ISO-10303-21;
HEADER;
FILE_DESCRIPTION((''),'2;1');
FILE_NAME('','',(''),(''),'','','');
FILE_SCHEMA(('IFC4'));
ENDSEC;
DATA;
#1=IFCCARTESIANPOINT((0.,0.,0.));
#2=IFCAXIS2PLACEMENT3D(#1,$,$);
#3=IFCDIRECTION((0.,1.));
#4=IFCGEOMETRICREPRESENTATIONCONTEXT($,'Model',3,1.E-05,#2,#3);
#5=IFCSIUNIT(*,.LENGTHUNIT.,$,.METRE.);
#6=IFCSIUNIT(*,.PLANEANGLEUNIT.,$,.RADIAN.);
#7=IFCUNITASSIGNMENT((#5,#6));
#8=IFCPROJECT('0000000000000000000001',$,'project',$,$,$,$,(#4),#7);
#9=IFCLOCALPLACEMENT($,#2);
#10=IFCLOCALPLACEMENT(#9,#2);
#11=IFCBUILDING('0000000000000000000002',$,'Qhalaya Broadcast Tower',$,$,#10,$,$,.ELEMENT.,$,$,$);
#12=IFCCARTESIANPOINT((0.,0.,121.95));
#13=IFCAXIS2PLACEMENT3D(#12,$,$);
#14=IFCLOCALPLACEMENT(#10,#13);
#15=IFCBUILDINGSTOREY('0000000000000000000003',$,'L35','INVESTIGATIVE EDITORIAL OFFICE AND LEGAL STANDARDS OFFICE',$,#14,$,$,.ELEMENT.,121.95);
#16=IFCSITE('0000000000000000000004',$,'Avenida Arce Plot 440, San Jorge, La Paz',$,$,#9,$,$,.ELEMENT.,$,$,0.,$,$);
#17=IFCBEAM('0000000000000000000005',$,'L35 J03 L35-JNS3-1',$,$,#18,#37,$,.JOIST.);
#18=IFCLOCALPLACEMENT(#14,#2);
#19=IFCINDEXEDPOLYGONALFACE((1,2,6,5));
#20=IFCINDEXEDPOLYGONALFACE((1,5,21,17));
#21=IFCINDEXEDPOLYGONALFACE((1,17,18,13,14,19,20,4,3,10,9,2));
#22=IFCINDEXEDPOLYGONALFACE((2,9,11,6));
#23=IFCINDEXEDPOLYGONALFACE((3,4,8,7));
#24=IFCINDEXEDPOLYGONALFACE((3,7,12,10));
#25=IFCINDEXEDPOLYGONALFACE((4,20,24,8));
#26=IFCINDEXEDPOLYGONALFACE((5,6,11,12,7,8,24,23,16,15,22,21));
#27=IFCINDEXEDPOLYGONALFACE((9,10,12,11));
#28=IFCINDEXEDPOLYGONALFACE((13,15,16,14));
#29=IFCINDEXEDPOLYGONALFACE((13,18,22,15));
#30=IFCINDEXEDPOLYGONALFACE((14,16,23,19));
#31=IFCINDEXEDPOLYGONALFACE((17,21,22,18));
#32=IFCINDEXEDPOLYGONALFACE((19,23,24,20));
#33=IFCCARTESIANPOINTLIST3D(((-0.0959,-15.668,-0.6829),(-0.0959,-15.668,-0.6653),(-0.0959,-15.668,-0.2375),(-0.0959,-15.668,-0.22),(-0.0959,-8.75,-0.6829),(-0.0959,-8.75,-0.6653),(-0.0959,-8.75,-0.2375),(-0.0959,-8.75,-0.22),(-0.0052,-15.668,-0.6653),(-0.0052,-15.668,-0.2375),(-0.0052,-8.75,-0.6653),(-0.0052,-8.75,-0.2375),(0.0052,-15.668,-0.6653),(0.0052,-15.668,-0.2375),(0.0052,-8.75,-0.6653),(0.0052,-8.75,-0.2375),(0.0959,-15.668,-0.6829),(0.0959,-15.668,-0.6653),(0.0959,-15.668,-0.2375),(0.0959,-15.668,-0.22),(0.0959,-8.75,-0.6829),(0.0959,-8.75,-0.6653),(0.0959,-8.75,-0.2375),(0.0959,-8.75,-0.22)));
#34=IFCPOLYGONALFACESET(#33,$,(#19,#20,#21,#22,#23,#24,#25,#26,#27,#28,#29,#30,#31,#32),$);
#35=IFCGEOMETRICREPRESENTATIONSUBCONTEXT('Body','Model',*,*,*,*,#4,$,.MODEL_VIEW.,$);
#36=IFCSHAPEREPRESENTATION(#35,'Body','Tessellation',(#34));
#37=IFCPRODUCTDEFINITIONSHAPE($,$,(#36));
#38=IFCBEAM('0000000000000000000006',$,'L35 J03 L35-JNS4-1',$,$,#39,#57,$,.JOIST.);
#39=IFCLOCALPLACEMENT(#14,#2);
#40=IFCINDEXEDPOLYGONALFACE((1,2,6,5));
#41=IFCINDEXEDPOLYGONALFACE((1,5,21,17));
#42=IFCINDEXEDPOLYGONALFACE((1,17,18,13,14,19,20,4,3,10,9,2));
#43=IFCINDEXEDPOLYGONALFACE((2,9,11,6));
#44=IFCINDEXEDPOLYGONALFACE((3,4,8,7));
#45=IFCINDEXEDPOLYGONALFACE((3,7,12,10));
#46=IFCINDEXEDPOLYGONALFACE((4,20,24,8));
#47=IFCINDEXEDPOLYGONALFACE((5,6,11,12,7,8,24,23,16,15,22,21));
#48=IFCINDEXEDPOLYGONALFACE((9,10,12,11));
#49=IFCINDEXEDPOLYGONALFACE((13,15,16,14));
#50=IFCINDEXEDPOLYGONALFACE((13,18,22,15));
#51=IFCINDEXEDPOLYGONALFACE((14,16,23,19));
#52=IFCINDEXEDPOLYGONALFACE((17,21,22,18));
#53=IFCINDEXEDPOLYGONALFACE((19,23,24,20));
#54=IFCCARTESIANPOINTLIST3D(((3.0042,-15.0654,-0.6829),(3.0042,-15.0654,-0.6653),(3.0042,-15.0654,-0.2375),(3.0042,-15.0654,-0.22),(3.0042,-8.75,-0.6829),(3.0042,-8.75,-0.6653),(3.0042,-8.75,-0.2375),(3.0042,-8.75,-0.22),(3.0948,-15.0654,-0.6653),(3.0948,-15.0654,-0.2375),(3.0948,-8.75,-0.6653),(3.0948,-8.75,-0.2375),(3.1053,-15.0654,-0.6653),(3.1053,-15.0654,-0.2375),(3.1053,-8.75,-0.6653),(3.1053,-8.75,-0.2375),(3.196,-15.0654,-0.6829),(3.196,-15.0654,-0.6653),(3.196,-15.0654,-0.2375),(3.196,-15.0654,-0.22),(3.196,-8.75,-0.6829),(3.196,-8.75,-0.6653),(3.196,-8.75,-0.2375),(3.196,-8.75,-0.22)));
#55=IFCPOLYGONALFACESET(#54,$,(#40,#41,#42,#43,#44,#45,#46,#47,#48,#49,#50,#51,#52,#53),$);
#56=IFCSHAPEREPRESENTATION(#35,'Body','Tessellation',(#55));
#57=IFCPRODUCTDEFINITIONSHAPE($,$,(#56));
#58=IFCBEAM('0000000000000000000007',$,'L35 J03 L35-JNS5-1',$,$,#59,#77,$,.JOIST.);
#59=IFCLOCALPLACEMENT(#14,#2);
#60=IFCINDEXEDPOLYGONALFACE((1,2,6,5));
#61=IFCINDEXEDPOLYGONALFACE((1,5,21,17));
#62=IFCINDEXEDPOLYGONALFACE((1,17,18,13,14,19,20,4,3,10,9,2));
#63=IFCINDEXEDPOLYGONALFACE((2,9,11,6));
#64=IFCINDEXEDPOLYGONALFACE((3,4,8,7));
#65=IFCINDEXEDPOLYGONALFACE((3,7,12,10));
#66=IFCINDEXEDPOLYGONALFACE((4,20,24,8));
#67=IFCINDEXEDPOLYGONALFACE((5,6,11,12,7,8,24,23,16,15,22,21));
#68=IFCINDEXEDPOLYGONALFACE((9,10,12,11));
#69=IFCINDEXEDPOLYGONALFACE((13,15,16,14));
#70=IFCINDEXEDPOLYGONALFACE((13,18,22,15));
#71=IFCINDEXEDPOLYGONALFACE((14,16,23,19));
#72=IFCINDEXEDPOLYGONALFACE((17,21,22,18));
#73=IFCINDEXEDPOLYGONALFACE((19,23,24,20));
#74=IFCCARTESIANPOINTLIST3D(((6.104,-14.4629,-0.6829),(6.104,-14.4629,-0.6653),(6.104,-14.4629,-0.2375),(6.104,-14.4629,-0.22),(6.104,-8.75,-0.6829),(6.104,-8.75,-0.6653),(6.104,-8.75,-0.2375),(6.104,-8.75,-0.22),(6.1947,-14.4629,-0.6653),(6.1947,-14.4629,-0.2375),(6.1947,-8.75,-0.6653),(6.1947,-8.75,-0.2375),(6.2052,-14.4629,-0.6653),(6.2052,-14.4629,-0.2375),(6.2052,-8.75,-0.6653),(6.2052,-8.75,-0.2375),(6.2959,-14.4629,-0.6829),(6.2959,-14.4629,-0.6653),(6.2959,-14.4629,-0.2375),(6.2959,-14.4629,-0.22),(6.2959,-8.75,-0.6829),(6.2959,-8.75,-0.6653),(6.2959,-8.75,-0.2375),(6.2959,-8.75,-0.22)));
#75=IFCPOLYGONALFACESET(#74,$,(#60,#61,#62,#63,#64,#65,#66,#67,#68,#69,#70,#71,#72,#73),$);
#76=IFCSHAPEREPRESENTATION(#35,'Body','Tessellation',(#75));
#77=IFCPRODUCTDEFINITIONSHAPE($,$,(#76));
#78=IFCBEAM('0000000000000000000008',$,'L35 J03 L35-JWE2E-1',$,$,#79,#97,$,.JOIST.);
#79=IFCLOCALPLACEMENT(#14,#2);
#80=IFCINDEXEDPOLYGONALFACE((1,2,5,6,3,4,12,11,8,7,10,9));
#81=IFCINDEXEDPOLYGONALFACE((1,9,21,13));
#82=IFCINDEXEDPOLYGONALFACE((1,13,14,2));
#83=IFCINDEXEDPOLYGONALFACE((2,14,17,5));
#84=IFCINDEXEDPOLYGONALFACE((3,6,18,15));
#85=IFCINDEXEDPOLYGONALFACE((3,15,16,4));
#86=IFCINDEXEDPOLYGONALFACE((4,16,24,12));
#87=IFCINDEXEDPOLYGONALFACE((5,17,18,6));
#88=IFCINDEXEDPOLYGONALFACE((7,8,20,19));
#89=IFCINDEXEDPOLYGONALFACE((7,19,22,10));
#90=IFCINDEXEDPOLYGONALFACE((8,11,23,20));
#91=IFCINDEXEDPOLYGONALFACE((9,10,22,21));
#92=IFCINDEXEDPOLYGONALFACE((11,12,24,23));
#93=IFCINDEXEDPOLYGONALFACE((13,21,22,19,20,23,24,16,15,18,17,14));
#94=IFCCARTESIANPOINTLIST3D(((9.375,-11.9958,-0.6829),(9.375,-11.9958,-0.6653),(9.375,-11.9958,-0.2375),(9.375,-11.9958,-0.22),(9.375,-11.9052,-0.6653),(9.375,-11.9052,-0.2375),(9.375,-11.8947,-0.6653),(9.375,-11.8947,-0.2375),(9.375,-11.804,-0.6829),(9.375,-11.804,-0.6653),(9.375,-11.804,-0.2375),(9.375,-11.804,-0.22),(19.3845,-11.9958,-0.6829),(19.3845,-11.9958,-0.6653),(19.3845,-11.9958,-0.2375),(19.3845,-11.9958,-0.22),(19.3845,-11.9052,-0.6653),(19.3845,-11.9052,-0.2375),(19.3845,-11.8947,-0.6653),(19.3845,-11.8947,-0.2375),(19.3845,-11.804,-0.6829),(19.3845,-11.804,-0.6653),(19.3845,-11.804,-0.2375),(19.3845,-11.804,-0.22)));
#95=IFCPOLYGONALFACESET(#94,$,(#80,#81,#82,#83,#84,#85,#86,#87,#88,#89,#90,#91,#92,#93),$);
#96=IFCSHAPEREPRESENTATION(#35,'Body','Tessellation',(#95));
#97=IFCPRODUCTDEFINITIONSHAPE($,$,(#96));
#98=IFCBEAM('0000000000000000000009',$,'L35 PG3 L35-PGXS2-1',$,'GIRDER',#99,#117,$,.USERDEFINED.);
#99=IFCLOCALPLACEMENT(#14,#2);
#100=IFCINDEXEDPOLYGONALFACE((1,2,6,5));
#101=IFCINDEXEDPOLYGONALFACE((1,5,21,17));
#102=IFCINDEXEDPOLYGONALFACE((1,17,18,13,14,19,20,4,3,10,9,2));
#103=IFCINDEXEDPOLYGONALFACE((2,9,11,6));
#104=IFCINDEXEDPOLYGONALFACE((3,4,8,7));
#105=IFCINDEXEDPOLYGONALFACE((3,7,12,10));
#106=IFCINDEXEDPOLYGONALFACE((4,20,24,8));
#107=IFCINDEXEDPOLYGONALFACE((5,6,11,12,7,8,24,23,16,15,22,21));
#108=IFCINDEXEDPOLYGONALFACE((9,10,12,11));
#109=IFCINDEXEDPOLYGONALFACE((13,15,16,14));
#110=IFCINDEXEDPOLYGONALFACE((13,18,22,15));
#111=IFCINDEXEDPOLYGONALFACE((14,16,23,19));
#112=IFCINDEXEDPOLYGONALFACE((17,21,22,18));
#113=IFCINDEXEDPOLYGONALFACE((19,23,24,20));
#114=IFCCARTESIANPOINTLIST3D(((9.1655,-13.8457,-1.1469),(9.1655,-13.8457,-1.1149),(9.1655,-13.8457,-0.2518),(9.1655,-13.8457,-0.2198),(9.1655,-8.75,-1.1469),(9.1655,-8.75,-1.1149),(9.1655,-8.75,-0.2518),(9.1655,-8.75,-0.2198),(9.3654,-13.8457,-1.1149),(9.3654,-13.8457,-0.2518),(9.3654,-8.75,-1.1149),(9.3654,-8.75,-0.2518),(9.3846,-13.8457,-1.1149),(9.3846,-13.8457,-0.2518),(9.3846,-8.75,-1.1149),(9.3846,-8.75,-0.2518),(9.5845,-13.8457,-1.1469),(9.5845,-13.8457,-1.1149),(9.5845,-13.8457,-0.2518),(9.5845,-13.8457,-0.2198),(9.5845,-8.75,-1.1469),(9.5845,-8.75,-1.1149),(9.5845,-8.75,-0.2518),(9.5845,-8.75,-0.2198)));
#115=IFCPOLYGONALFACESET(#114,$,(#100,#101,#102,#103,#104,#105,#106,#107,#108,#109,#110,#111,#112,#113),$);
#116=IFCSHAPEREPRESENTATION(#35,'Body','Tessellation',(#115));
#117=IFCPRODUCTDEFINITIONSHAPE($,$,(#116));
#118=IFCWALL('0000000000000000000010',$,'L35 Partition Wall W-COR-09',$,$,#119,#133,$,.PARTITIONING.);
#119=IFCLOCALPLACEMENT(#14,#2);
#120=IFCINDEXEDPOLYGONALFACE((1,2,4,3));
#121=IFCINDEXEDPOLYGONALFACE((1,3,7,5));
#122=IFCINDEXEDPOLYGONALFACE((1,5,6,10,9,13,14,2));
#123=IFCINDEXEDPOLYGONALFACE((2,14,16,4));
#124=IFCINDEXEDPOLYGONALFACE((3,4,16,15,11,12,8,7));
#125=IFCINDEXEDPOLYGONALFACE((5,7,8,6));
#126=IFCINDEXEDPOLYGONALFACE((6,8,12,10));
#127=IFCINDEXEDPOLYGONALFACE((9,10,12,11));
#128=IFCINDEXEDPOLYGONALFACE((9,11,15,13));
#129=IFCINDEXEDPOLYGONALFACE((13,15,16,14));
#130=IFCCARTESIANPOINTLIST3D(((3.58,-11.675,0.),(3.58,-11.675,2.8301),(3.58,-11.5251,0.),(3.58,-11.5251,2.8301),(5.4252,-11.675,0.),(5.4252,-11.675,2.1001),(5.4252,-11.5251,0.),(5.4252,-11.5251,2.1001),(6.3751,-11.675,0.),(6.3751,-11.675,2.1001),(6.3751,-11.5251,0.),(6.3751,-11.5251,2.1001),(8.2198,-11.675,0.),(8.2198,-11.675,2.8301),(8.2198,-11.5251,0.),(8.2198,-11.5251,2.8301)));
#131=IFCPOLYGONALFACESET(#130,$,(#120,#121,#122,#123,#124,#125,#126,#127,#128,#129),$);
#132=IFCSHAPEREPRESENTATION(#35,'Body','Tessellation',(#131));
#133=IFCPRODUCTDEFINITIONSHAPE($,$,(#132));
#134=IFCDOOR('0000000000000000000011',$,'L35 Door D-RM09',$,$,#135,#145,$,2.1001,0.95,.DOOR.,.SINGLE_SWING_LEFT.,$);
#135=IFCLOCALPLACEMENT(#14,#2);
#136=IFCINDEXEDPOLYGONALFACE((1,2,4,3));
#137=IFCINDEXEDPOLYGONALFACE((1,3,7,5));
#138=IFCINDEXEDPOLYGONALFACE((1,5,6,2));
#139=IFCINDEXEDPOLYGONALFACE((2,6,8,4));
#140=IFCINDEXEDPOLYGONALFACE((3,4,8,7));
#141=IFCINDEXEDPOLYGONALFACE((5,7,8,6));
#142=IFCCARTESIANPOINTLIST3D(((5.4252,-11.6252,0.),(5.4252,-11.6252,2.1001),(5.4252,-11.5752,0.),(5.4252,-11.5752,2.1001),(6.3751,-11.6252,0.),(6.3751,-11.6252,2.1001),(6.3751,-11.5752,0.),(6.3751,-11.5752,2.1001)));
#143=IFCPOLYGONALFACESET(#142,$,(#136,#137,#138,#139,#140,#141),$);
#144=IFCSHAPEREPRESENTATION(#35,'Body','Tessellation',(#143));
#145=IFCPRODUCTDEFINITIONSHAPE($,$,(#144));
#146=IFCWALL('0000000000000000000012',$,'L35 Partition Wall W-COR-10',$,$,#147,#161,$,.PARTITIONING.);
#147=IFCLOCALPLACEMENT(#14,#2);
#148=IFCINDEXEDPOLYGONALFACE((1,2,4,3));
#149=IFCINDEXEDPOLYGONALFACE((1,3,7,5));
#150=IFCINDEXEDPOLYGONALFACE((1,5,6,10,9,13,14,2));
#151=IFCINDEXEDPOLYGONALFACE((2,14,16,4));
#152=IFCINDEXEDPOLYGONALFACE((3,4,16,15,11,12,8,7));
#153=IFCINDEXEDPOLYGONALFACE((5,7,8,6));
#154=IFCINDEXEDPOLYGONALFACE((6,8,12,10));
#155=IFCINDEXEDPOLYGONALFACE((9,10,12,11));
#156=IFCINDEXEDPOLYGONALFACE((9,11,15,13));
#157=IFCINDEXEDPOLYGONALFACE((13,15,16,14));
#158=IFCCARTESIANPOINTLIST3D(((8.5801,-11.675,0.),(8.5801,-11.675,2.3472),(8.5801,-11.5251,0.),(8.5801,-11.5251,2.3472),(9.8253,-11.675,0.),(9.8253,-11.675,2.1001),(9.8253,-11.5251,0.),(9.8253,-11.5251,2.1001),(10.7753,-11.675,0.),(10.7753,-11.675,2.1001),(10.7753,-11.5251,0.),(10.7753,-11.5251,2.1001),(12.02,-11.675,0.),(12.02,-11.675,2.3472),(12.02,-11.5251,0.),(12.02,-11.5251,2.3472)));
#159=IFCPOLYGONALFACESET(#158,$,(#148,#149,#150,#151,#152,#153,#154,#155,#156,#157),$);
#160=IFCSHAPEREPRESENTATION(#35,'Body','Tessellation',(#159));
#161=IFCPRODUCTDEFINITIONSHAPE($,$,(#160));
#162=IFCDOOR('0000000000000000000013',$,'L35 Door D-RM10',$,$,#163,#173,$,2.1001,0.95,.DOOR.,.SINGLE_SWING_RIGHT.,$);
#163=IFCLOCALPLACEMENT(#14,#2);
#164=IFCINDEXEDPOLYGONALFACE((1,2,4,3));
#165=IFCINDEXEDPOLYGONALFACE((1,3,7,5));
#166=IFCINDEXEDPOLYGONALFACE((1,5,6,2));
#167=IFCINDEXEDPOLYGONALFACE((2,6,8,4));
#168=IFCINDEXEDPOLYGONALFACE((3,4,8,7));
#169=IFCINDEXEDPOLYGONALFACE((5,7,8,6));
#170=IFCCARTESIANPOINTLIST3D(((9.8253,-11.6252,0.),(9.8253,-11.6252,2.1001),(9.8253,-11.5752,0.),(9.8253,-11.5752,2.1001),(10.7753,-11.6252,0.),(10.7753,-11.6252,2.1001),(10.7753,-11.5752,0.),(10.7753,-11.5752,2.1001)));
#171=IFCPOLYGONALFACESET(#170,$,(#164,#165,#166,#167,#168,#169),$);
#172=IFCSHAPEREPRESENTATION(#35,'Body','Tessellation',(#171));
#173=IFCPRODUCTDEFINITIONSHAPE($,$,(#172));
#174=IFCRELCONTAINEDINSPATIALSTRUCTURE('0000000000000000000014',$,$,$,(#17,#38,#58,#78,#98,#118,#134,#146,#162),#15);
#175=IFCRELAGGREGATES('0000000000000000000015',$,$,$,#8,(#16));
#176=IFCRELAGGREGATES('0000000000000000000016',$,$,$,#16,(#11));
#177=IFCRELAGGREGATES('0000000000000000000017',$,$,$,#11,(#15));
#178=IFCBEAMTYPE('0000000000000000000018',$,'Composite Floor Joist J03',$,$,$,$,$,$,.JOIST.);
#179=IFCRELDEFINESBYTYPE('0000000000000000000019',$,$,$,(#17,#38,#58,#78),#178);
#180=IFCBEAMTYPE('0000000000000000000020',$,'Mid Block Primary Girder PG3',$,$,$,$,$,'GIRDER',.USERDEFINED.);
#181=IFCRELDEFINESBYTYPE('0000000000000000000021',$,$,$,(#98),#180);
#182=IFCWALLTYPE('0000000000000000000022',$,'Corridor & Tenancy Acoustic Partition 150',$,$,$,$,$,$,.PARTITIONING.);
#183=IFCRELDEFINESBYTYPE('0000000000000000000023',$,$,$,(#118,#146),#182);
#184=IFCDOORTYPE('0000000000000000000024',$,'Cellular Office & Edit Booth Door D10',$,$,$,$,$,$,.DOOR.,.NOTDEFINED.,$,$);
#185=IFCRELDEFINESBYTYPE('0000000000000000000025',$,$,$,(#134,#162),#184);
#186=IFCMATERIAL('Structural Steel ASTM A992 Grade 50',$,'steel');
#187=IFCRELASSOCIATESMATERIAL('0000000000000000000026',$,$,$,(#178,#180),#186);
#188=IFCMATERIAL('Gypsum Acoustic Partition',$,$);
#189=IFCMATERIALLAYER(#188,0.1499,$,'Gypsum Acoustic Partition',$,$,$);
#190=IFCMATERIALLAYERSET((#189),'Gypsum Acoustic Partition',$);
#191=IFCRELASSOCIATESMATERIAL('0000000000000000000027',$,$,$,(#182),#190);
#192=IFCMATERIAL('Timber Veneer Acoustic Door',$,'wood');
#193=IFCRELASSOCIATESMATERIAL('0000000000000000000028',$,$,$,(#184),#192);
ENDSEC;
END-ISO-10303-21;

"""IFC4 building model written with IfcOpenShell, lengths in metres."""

from ifc_helpers import new_model, si_unit, direction, frame, frame_2d, origin, origin_2d, place, context, subcontext, project, spatial, rectangle, i_section, extrude, material, layer, layer_set, material_profile, profile_set, type_object, element, fill, save


model = new_model("IFC4")

# Units and contexts
model_context = context("Model", 3, precision=1e-05, world=origin(), true_north=direction((0.0, 1.0)))
body_context = subcontext(model_context, "Body", "Model", "MODEL_VIEW")
ifc_project = project(units=[si_unit("LENGTHUNIT", "METRE"), si_unit("PLANEANGLEUNIT", "RADIAN")], contexts=[model_context])

# Site, building, storey
site_placement = place(None, origin())
site = spatial("IfcSite", under=ifc_project, at=site_placement, Name="Avenida Arce Plot 440, San Jorge, La Paz", CompositionType="ELEMENT", RefElevation=0.0)
building_placement = place(site_placement, origin())
building = spatial("IfcBuilding", under=site, at=building_placement, Name="Qhalaya Broadcast Tower", CompositionType="ELEMENT")
storey_placement = place(building_placement, frame((0.0, 0.0, 121.95)))
storey = spatial("IfcBuildingStorey", under=building, at=storey_placement, Name="L35", Description="INVESTIGATIVE EDITORIAL OFFICE AND LEGAL STANDARDS OFFICE", CompositionType="ELEMENT", Elevation=121.95)

# Beams
ifc_material_1 = material(Name="Structural Steel ASTM A992 Grade 50", Category="steel")
ifc_material_profile_1 = material_profile(ifc_material_1, i_section(OverallWidth=0.1919, OverallDepth=0.4629, WebThickness=0.0105, FlangeThickness=0.0176, at=origin_2d()), Name="W18X60")
ifc_profile_set_1 = profile_set([ifc_material_profile_1], Name="Structural Steel ASTM A992 Grade 50")
beam_type_1 = type_object("IfcBeamType", Name="Composite Floor Joist J03", PredefinedType="JOIST", material=ifc_profile_set_1)
beam_1_placement = place(storey_placement, frame((0.0, -15.668, -0.4514), z_axis=(0.0, 1.0, 0.0), x_axis=(-1.0, 0.0, 0.0)))
element("IfcBeam", 1, at=beam_1_placement, inside=storey, type_object=beam_type_1, Name="L35 J03 L35-JNS3-1", PredefinedType="JOIST", context=body_context, shape_type="SweptSolid", body=[
    extrude(i_section(OverallWidth=0.1919, OverallDepth=0.4629, WebThickness=0.0105, FlangeThickness=0.0176, at=origin_2d()), origin(), (0.0, 0.0, 1.0), 6.918),
])
beam_2_placement = place(storey_placement, frame((3.1001, -15.0654, -0.4514), z_axis=(0.0, 1.0, 0.0), x_axis=(-1.0, 0.0, 0.0)))
element("IfcBeam", 2, at=beam_2_placement, inside=storey, type_object=beam_type_1, Name="L35 J03 L35-JNS4-1", PredefinedType="JOIST", context=body_context, shape_type="SweptSolid", body=[
    extrude(i_section(OverallWidth=0.1919, OverallDepth=0.4629, WebThickness=0.0105, FlangeThickness=0.0176, at=origin_2d()), origin(), (0.0, 0.0, 1.0), 6.3154),
])
beam_3_placement = place(storey_placement, frame((6.2, -14.4629, -0.4514), z_axis=(0.0, 1.0, 0.0), x_axis=(-1.0, 0.0, 0.0)))
element("IfcBeam", 3, at=beam_3_placement, inside=storey, type_object=beam_type_1, Name="L35 J03 L35-JNS5-1", PredefinedType="JOIST", context=body_context, shape_type="SweptSolid", body=[
    extrude(i_section(OverallWidth=0.1919, OverallDepth=0.4629, WebThickness=0.0105, FlangeThickness=0.0176, at=origin_2d()), origin(), (0.0, 0.0, 1.0), 5.7129),
])
beam_4_placement = place(storey_placement, frame((9.375, -11.8999, -0.4514), z_axis=(1.0, 0.0, 0.0), x_axis=(0.0, 1.0, 0.0)))
element("IfcBeam", 4, at=beam_4_placement, inside=storey, type_object=beam_type_1, Name="L35 J03 L35-JWE2E-1", PredefinedType="JOIST", context=body_context, shape_type="SweptSolid", body=[
    extrude(i_section(OverallWidth=0.1919, OverallDepth=0.4629, WebThickness=0.0105, FlangeThickness=0.0176, at=origin_2d()), origin(), (0.0, 0.0, 1.0), 10.0095),
])
ifc_material_profile_2 = material_profile(ifc_material_1, i_section(OverallWidth=0.4189, OverallDepth=0.927, WebThickness=0.0193, FlangeThickness=0.032, at=origin_2d()), Name="W36X231")
ifc_profile_set_2 = profile_set([ifc_material_profile_2], Name="Structural Steel ASTM A992 Grade 50")
beam_type_2 = type_object("IfcBeamType", Name="Mid Block Primary Girder PG3", ElementType="GIRDER", PredefinedType="USERDEFINED", material=ifc_profile_set_2)
beam_5_placement = place(storey_placement, frame((9.375, -13.8457, -0.6833), z_axis=(0.0, 1.0, 0.0), x_axis=(-1.0, 0.0, 0.0)))
element("IfcBeam", 5, at=beam_5_placement, inside=storey, type_object=beam_type_2, Name="L35 PG3 L35-PGXS2-1", ObjectType="GIRDER", PredefinedType="USERDEFINED", context=body_context, shape_type="SweptSolid", body=[
    extrude(i_section(OverallWidth=0.4189, OverallDepth=0.927, WebThickness=0.0193, FlangeThickness=0.032, at=origin_2d()), origin(), (0.0, 0.0, 1.0), 5.0957),
])

# Walls, openings, doors
ifc_material_2 = material(Name="Gypsum Acoustic Partition")
ifc_layer_1 = layer(ifc_material_2, 0.1499, Name="Gypsum Acoustic Partition")
ifc_layer_set_1 = layer_set([ifc_layer_1], Name="Gypsum Acoustic Partition")
wall_type_1 = type_object("IfcWallType", Name="Corridor & Tenancy Acoustic Partition 150", PredefinedType="PARTITIONING", material=ifc_layer_set_1)
wall_1_placement = place(storey_placement, frame((3.5801, -11.6001, 0.0), z_axis=(0.0, 0.0, 1.0), x_axis=(1.0, 0.0, 0.0)))
wall_1 = element("IfcWall", 6, at=wall_1_placement, inside=storey, type_object=wall_type_1, Name="L35 Partition Wall W-COR-09", PredefinedType="PARTITIONING", context=body_context, shape_type="SweptSolid", body=[
    extrude(rectangle(XDim=4.6399, YDim=0.1499, at=frame_2d((2.3198, 0.0))), origin(), (0.0, 0.0, 1.0), 2.8301),
])
opening_1_placement = place(wall_1_placement, frame((1.845, 0.0, 0.0)))
opening_1 = element("IfcOpeningElement", 7, at=opening_1_placement, cuts=wall_1, PredefinedType="OPENING", context=body_context, shape_type="SweptSolid", body=[
    extrude(rectangle(XDim=0.95, YDim=2.1001, at=frame_2d((0.4751, 1.05))), frame((0.0, 0.0869, 0.0), z_axis=(0.0, -1.0, 0.0), x_axis=(1.0, 0.0, 0.0)), (0.0, 0.0, 1.0), 0.1738),
])
ifc_material_3 = material(Name="Timber Veneer Acoustic Door", Category="wood")
door_type = type_object("IfcDoorType", Name="Cellular Office & Edit Booth Door D10", OperationType="NOTDEFINED", PredefinedType="DOOR", material=ifc_material_3)
door_1_placement = place(opening_1_placement, origin())
door_1 = element("IfcDoor", 8, at=door_1_placement, inside=storey, type_object=door_type, Name="L35 Door D-RM09", OperationType="SINGLE_SWING_LEFT", OverallHeight=2.1001, OverallWidth=0.95, PredefinedType="DOOR", context=body_context, shape_type="SweptSolid", body=[
    extrude(rectangle(XDim=0.95, YDim=2.1001, at=frame_2d((0.4751, 1.05))), frame((0.0, 0.0249, 0.0), z_axis=(0.0, -1.0, 0.0), x_axis=(1.0, 0.0, 0.0)), (0.0, 0.0, 1.0), 0.05),
])
fill(opening_1, door_1)
wall_2_placement = place(storey_placement, frame((8.5801, -11.6001, 0.0), z_axis=(0.0, 0.0, 1.0), x_axis=(1.0, 0.0, 0.0)))
wall_2 = element("IfcWall", 9, at=wall_2_placement, inside=storey, type_object=wall_type_1, Name="L35 Partition Wall W-COR-10", PredefinedType="PARTITIONING", context=body_context, shape_type="SweptSolid", body=[
    extrude(rectangle(XDim=3.4399, YDim=0.1499, at=frame_2d((1.72, 0.0))), origin(), (0.0, 0.0, 1.0), 2.3472),
])
opening_2_placement = place(wall_2_placement, frame((1.2451, 0.0, 0.0)))
opening_2 = element("IfcOpeningElement", 10, at=opening_2_placement, cuts=wall_2, PredefinedType="OPENING", context=body_context, shape_type="SweptSolid", body=[
    extrude(rectangle(XDim=0.95, YDim=2.1001, at=frame_2d((0.4751, 1.05))), frame((0.0, 0.0869, 0.0), z_axis=(0.0, -1.0, 0.0), x_axis=(1.0, 0.0, 0.0)), (0.0, 0.0, 1.0), 0.1738),
])
door_2_placement = place(opening_2_placement, origin())
door_2 = element("IfcDoor", 11, at=door_2_placement, inside=storey, type_object=door_type, Name="L35 Door D-RM10", OperationType="SINGLE_SWING_RIGHT", OverallHeight=2.1001, OverallWidth=0.95, PredefinedType="DOOR", context=body_context, shape_type="SweptSolid", body=[
    extrude(rectangle(XDim=0.95, YDim=2.1001, at=frame_2d((0.4751, 1.05))), frame((0.0, 0.0249, 0.0), z_axis=(0.0, -1.0, 0.0), x_axis=(1.0, 0.0, 0.0)), (0.0, 0.0, 1.0), 0.05),
])
fill(opening_2, door_2)

save(model, "model.ifc")
